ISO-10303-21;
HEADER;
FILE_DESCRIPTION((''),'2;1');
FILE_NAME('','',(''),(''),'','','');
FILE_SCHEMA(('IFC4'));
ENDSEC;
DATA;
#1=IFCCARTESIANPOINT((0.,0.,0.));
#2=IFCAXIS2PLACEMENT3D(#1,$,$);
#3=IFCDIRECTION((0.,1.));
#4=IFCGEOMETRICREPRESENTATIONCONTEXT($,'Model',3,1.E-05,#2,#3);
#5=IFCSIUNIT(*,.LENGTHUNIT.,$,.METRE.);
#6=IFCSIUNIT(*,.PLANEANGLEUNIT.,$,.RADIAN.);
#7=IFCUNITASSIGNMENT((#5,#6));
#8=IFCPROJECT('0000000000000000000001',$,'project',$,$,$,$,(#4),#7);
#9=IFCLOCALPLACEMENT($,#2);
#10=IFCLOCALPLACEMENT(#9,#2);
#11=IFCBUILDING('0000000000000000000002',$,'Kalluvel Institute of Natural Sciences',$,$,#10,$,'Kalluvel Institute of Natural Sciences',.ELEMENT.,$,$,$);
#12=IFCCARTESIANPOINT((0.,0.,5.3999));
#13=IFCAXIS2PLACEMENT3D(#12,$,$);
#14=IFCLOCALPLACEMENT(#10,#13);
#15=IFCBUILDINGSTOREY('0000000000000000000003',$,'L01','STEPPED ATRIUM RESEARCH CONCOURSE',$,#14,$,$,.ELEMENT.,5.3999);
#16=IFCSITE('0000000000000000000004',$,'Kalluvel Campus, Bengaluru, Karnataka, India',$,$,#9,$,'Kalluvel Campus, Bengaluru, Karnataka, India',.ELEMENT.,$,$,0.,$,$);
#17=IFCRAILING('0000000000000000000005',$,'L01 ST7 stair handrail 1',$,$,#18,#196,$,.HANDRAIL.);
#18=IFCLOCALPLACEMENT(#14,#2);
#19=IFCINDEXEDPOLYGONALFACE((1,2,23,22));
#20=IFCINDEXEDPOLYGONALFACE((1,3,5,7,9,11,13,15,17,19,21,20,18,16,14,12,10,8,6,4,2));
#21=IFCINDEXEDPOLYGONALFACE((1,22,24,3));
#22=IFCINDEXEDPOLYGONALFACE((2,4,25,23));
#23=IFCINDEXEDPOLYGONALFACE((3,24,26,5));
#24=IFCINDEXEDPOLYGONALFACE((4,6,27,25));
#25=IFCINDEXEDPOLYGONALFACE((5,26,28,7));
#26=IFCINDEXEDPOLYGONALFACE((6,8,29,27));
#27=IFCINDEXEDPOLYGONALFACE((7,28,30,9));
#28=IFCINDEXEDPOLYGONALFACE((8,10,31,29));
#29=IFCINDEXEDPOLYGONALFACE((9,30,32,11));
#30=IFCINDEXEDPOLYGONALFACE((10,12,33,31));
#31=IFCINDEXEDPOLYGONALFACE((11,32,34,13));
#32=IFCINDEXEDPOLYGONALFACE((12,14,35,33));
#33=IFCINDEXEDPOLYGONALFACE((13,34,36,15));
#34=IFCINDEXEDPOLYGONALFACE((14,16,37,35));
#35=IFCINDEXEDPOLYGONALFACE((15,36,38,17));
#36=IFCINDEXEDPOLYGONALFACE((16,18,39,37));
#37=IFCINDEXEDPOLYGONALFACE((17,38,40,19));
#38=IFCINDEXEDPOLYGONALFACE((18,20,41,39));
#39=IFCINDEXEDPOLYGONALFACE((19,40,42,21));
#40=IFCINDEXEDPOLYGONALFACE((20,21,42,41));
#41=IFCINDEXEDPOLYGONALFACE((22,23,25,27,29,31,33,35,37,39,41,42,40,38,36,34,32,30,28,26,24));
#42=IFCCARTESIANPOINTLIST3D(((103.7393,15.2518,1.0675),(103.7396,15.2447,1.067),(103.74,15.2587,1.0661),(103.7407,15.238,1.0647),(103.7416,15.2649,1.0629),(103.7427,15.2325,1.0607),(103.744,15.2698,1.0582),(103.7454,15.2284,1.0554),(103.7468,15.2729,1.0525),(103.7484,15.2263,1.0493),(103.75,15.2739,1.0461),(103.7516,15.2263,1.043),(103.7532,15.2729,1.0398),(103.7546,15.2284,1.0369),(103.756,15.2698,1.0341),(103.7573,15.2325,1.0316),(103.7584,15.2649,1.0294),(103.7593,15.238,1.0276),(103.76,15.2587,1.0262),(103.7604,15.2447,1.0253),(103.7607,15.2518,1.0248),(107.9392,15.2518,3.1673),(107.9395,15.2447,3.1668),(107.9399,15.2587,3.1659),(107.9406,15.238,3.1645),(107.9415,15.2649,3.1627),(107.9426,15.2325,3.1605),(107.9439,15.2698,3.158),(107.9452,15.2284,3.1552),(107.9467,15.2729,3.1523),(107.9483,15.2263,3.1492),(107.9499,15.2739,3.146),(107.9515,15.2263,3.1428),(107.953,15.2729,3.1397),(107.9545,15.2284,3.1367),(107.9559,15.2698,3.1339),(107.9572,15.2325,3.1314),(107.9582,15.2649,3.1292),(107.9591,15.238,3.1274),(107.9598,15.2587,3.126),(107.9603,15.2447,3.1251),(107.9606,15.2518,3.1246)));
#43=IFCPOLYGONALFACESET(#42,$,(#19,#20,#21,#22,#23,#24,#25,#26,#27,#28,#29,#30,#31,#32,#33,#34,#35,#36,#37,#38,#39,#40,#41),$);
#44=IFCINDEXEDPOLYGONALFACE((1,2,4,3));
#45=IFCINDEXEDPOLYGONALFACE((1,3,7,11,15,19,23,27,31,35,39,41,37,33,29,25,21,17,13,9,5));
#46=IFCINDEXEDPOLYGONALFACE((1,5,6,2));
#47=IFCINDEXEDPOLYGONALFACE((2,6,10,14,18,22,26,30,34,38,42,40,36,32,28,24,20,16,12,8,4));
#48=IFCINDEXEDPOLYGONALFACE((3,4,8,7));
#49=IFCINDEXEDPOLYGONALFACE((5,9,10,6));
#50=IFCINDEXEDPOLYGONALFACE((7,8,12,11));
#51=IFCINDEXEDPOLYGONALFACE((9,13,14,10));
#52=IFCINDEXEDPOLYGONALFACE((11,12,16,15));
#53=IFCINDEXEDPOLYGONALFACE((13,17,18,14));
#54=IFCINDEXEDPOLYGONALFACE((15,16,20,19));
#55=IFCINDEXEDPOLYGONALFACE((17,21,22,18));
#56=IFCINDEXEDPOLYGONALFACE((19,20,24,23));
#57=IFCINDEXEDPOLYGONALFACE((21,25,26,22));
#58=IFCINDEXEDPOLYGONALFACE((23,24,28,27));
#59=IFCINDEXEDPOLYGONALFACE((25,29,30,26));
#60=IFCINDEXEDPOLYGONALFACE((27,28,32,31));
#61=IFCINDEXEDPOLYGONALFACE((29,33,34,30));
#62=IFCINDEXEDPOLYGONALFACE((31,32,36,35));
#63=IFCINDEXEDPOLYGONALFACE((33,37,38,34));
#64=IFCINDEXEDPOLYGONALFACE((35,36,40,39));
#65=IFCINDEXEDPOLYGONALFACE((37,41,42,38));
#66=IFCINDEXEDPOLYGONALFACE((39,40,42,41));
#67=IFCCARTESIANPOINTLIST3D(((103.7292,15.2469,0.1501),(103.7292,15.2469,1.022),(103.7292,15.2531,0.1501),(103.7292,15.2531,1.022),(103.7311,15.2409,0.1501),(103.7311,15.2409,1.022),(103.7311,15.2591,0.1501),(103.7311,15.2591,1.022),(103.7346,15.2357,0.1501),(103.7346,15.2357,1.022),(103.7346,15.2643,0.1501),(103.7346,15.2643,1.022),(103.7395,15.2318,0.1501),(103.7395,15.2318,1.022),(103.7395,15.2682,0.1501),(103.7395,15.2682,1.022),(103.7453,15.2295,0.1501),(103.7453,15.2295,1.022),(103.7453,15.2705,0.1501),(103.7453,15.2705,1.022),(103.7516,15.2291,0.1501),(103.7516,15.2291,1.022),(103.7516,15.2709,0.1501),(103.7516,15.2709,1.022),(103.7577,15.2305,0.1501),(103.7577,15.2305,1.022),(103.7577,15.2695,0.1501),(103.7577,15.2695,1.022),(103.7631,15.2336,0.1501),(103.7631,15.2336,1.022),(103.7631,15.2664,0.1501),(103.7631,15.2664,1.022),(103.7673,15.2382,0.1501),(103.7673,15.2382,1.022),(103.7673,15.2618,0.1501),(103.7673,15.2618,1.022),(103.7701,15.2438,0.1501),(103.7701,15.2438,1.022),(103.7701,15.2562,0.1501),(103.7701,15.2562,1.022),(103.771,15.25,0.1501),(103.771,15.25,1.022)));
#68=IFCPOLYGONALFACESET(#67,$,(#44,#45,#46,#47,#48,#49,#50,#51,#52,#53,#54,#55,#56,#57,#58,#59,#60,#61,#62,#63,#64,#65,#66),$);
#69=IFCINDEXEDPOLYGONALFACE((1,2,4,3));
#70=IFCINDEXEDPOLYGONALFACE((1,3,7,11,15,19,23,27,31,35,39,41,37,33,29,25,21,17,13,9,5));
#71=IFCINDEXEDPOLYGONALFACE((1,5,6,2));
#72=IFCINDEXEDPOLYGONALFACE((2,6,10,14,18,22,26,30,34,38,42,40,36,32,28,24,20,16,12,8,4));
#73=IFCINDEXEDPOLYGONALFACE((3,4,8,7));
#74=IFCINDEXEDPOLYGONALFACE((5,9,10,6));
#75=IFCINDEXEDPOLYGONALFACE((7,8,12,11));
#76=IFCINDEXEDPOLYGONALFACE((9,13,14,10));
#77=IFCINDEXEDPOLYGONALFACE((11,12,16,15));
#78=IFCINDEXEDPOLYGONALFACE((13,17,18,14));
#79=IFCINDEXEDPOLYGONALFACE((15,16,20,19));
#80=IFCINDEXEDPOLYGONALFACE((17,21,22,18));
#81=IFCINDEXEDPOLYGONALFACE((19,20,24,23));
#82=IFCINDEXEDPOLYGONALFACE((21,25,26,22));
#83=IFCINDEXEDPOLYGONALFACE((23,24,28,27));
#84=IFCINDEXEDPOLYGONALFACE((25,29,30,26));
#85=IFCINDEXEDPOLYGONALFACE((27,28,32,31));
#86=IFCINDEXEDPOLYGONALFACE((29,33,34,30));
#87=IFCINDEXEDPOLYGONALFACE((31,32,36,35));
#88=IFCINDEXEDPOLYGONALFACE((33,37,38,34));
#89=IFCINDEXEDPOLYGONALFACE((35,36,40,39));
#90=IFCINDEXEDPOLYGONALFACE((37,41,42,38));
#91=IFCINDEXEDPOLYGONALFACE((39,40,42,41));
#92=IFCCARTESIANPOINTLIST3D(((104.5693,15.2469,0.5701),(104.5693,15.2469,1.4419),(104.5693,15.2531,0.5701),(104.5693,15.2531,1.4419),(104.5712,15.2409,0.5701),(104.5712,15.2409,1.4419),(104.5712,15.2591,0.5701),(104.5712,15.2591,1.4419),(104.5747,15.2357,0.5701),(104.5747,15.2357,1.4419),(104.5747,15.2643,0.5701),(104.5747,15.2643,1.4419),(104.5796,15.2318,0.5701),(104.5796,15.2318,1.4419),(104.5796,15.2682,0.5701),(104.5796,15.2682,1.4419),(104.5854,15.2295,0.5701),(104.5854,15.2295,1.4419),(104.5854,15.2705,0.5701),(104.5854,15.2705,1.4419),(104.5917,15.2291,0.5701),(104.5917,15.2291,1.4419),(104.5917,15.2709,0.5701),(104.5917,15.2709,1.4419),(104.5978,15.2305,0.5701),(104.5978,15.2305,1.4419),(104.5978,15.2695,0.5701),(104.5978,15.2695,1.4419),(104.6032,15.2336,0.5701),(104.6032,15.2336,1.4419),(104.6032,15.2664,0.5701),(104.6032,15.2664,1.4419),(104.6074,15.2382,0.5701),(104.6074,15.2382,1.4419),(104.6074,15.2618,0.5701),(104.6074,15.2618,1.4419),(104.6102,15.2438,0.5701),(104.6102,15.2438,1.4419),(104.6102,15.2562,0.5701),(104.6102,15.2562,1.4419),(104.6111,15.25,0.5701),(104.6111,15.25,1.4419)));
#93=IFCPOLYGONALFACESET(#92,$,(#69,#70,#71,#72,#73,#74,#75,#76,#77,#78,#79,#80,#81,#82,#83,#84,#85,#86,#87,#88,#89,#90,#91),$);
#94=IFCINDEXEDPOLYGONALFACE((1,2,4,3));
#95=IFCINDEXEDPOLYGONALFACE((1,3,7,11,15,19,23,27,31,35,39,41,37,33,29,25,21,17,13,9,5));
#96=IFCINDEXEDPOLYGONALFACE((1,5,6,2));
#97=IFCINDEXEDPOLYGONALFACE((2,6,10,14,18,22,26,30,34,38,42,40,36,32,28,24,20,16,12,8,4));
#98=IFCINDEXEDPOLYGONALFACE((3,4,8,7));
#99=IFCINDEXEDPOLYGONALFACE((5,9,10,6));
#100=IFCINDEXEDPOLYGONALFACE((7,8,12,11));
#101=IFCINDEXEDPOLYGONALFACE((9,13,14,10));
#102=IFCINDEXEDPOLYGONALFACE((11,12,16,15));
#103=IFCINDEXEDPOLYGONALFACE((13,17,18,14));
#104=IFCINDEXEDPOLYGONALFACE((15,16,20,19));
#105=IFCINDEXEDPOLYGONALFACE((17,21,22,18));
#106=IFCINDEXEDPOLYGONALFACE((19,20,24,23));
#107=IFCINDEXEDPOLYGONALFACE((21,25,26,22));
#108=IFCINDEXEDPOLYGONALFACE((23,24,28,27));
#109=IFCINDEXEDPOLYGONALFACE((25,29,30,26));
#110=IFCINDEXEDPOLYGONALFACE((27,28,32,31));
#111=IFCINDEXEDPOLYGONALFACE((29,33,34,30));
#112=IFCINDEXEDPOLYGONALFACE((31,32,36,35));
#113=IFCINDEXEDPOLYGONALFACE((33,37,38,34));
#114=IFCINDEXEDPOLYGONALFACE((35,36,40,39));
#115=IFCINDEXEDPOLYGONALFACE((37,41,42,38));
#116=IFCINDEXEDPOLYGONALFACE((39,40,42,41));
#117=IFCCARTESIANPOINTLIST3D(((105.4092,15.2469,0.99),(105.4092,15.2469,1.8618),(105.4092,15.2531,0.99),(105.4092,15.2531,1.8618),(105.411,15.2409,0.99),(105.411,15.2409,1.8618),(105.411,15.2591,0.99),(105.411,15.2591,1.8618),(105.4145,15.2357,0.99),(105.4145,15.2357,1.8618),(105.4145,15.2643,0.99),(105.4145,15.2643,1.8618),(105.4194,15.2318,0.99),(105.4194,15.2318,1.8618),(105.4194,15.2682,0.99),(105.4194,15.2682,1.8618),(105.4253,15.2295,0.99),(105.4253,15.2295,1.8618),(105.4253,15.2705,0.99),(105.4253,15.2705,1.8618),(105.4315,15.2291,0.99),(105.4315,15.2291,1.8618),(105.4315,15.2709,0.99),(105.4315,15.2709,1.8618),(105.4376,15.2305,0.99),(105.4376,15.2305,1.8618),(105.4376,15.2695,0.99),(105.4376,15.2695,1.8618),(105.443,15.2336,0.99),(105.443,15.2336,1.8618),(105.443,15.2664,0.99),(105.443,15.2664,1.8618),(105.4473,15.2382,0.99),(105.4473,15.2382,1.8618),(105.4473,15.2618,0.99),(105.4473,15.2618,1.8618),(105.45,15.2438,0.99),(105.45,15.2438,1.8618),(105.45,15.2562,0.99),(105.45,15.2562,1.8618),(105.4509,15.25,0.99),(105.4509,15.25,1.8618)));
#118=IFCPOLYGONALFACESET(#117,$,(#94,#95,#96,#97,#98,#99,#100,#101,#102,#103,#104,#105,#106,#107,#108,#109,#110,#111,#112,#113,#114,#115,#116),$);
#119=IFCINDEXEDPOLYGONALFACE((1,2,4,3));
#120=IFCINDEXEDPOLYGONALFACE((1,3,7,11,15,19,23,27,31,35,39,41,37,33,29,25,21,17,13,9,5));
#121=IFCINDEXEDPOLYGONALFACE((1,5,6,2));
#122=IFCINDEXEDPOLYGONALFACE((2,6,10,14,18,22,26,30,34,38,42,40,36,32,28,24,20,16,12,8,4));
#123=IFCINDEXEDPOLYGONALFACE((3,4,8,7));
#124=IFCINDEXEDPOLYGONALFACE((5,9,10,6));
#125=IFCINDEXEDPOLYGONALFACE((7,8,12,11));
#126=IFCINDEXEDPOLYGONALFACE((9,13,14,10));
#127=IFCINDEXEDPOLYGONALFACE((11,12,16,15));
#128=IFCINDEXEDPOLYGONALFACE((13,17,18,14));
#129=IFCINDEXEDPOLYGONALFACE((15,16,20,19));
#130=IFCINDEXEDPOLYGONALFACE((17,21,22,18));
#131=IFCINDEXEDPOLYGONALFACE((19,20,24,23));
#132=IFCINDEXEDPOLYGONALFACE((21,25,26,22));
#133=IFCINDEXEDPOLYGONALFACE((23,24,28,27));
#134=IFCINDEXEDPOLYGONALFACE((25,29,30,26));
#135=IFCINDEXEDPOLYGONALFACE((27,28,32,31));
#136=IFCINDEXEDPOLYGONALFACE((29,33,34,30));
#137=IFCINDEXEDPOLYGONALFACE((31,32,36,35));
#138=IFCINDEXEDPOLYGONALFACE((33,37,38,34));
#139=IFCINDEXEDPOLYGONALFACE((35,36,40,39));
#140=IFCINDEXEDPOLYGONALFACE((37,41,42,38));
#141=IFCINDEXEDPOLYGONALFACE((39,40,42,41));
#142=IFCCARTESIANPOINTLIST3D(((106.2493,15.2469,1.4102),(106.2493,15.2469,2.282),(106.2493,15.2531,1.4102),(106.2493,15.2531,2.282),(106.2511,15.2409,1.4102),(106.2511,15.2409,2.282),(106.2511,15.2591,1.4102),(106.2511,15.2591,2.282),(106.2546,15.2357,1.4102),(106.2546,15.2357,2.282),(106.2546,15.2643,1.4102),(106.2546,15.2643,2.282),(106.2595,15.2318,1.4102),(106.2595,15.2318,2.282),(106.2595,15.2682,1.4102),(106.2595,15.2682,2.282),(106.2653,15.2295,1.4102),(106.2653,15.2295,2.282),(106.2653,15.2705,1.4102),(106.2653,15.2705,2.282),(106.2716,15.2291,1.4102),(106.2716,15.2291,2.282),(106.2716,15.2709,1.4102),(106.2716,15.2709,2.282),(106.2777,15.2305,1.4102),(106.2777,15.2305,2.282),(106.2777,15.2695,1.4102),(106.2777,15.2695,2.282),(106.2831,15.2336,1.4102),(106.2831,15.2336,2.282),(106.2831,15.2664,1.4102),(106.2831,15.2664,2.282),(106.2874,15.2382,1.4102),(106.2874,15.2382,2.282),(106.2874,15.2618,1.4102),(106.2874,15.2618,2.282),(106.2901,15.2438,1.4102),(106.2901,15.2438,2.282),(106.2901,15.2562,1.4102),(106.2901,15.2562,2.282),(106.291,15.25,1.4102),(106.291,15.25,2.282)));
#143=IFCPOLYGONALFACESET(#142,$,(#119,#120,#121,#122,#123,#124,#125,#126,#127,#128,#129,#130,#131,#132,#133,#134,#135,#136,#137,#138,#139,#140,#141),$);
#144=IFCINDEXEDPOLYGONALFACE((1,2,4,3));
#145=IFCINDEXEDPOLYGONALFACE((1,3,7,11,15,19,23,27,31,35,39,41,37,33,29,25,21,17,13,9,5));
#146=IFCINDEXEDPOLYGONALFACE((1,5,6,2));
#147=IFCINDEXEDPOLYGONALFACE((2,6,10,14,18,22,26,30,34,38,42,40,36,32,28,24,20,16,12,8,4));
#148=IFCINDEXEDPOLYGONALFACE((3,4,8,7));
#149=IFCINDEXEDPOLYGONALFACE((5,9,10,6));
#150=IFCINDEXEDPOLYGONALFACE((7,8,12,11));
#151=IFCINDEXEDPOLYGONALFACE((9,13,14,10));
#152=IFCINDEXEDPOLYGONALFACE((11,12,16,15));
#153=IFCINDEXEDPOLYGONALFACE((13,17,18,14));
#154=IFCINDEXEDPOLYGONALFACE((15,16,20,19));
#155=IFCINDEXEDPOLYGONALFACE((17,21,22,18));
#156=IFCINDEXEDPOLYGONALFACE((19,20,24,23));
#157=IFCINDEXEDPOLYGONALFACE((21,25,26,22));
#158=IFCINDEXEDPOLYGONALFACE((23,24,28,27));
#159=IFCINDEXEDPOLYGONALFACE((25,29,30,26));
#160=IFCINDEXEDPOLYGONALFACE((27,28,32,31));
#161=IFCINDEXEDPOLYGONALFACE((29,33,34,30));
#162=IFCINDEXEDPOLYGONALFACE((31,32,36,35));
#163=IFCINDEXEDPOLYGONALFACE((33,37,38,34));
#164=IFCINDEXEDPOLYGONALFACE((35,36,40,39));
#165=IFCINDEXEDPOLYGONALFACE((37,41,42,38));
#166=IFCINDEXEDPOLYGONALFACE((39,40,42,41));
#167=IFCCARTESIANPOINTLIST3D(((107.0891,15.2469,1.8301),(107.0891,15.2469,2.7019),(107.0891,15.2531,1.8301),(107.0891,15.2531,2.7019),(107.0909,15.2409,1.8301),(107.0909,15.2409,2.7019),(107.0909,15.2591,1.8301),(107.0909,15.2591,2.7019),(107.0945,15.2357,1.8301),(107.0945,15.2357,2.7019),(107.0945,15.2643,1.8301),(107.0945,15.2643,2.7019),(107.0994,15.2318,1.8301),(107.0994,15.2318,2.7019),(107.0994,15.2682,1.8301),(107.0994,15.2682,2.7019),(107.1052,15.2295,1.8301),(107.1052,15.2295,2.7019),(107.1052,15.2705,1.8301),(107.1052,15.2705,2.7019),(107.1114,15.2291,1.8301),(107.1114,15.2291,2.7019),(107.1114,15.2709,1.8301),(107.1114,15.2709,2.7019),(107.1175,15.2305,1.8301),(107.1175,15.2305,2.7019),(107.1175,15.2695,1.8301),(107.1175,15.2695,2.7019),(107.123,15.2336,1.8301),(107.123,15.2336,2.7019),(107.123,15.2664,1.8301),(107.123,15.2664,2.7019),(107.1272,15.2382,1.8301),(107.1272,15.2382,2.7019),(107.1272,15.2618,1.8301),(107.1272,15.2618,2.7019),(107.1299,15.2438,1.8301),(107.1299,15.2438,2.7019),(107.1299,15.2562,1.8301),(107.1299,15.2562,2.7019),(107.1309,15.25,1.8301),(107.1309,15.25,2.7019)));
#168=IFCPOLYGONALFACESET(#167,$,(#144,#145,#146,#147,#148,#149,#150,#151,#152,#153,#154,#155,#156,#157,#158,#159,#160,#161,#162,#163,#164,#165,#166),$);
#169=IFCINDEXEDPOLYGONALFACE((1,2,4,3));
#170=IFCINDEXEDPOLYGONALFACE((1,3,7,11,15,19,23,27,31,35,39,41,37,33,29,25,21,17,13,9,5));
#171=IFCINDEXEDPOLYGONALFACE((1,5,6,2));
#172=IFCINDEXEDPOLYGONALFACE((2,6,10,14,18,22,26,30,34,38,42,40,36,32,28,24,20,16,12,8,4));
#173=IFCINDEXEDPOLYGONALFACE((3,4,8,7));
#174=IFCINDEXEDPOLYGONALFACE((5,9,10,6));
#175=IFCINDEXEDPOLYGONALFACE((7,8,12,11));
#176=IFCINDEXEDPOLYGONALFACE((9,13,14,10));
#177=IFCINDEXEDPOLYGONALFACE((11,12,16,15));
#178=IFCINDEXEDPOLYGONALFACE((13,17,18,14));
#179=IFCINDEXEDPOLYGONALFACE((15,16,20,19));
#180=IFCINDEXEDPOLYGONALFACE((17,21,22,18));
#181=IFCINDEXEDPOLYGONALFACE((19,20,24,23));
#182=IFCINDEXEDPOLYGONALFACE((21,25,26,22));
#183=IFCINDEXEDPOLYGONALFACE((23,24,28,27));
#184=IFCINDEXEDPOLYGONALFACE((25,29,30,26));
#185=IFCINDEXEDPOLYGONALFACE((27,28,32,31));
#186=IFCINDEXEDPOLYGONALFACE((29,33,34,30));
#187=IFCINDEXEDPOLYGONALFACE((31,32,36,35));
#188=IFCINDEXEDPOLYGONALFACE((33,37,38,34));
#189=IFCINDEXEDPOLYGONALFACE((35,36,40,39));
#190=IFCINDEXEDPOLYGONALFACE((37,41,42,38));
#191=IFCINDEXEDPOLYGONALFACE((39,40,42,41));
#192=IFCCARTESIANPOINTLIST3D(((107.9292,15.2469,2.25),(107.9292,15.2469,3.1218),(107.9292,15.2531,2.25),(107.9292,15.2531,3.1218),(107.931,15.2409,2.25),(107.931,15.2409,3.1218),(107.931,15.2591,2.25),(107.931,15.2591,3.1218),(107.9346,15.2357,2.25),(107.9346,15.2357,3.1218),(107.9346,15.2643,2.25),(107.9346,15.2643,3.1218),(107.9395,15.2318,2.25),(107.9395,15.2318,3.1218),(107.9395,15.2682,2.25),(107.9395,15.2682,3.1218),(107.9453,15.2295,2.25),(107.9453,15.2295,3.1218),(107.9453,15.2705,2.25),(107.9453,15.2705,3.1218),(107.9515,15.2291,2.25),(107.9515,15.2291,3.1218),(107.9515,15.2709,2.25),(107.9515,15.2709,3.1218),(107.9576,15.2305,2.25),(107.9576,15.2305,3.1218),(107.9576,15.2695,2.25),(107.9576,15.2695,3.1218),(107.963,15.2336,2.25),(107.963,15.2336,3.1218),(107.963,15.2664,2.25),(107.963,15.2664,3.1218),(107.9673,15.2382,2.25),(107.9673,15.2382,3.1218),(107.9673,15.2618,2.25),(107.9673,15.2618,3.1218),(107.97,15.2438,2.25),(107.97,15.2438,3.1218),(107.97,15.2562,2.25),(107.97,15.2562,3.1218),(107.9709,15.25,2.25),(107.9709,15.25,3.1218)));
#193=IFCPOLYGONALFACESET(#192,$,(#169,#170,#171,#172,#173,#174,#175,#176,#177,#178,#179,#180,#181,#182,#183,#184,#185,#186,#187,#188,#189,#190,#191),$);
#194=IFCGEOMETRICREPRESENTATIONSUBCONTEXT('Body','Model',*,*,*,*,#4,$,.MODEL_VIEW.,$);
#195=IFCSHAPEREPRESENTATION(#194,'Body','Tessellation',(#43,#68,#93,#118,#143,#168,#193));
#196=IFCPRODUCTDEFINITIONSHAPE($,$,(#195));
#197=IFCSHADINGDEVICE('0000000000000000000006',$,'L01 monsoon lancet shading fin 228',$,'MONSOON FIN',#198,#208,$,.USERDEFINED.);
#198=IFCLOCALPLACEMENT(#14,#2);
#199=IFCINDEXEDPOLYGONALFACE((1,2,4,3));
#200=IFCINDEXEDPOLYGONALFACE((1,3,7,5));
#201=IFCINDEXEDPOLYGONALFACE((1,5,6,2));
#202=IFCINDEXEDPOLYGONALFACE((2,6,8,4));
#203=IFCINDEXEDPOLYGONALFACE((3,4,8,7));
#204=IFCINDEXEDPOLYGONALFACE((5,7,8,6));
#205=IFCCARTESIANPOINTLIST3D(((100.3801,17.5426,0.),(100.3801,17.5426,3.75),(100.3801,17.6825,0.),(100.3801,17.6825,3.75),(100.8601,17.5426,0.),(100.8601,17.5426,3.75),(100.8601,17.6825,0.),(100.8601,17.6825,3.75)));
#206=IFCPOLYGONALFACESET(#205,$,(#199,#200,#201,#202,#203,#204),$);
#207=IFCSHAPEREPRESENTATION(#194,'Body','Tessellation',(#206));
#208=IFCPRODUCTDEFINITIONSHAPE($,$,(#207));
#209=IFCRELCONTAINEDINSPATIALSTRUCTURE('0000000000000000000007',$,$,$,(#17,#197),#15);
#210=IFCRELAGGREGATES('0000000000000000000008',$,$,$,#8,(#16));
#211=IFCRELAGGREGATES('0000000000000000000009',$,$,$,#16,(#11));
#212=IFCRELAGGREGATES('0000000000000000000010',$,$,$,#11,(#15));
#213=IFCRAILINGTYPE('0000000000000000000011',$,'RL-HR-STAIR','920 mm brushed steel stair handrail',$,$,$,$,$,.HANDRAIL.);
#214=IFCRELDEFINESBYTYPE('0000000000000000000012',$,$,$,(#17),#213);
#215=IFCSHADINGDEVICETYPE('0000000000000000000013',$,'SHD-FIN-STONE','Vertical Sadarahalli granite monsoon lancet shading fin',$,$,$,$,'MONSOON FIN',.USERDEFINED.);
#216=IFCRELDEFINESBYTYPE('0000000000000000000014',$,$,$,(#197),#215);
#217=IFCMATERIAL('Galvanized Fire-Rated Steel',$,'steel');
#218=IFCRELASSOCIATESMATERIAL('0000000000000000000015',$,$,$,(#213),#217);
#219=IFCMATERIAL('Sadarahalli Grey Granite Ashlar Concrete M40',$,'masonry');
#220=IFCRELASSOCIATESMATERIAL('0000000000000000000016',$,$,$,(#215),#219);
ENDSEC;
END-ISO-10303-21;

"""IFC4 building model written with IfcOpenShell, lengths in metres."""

from ifc_helpers import new_model, si_unit, direction, frame, origin, origin_2d, place, context, subcontext, project, spatial, rectangle, circle, extrude, material, type_object, element, save


model = new_model("IFC4")

# Units and contexts
model_context = context("Model", 3, precision=1e-05, world=origin(), true_north=direction((0.0, 1.0)))
body_context = subcontext(model_context, "Body", "Model", "MODEL_VIEW")
ifc_project = project(units=[si_unit("LENGTHUNIT", "METRE"), si_unit("PLANEANGLEUNIT", "RADIAN")], contexts=[model_context])

# Site, building, storey
site_placement = place(None, origin())
site = spatial("IfcSite", under=ifc_project, at=site_placement, Name="Kalluvel Campus, Bengaluru, Karnataka, India", LongName="Kalluvel Campus, Bengaluru, Karnataka, India", CompositionType="ELEMENT", RefElevation=0.0)
building_placement = place(site_placement, origin())
building = spatial("IfcBuilding", under=site, at=building_placement, Name="Kalluvel Institute of Natural Sciences", LongName="Kalluvel Institute of Natural Sciences", CompositionType="ELEMENT")
storey_placement = place(building_placement, frame((0.0, 0.0, 5.3999)))
storey = spatial("IfcBuildingStorey", under=building, at=storey_placement, Name="L01", Description="STEPPED ATRIUM RESEARCH CONCOURSE", CompositionType="ELEMENT", Elevation=5.3999)

# Shared definitions
ifc_material_1 = material(Name="Sadarahalli Grey Granite Ashlar Concrete M40", Category="masonry")

# Railing
ifc_material_2 = material(Name="Galvanized Fire-Rated Steel", Category="steel")
railing_type_1 = type_object("IfcRailingType", Name="RL-HR-STAIR", Description="920 mm brushed steel stair handrail", PredefinedType="HANDRAIL", material=ifc_material_2)
railing_1_placement = place(storey_placement, frame((103.75, 15.25, 0.1501)))
element("IfcRailing", 1, at=railing_1_placement, inside=storey, type_object=railing_type_1, Name="L01 ST7 stair handrail 1", PredefinedType="HANDRAIL", context=body_context, shape_type="SweptSolid", body=[
    extrude(circle(Radius=0.0239, at=origin_2d()), frame((0.0, 0.0, 0.896), z_axis=(0.894438, 0.0, 0.447193), x_axis=(0.0, 1.0, 0.0)), (0.0, 0.0, 1.0), 4.6956),
    extrude(circle(Radius=0.021, at=origin_2d()), origin(), (0.0, 0.0, 1.0), 0.8718),
    extrude(circle(Radius=0.021, at=origin_2d()), frame((0.8401, 0.0, 0.4199)), (0.0, 0.0, 1.0), 0.8718),
    extrude(circle(Radius=0.021, at=origin_2d()), frame((1.6799, 0.0, 0.8398)), (0.0, 0.0, 1.0), 0.8718),
    extrude(circle(Radius=0.021, at=origin_2d()), frame((2.52, 0.0, 1.26)), (0.0, 0.0, 1.0), 0.8718),
    extrude(circle(Radius=0.021, at=origin_2d()), frame((3.3599, 0.0, 1.6799)), (0.0, 0.0, 1.0), 0.8718),
    extrude(circle(Radius=0.021, at=origin_2d()), frame((4.2, 0.0, 2.0999)), (0.0, 0.0, 1.0), 0.8718),
])

# Shading device
shading_device_type = type_object("IfcShadingDeviceType", Name="SHD-FIN-STONE", Description="Vertical Sadarahalli granite monsoon lancet shading fin", ElementType="MONSOON FIN", PredefinedType="USERDEFINED", material=ifc_material_1)
shading_device_placement = place(storey_placement, frame((100.6201, 17.6125, 0.0), z_axis=(0.0, 0.0, 1.0), x_axis=(0.0, 1.0, 0.0)))
element("IfcShadingDevice", 2, at=shading_device_placement, inside=storey, type_object=shading_device_type, Name="L01 monsoon lancet shading fin 228", ObjectType="MONSOON FIN", PredefinedType="USERDEFINED", context=body_context, shape_type="SweptSolid", body=[
    extrude(rectangle(XDim=0.1399, YDim=0.48, at=origin_2d()), origin(), (0.0, 0.0, 1.0), 3.75),
])

save(model, "model.ifc")
